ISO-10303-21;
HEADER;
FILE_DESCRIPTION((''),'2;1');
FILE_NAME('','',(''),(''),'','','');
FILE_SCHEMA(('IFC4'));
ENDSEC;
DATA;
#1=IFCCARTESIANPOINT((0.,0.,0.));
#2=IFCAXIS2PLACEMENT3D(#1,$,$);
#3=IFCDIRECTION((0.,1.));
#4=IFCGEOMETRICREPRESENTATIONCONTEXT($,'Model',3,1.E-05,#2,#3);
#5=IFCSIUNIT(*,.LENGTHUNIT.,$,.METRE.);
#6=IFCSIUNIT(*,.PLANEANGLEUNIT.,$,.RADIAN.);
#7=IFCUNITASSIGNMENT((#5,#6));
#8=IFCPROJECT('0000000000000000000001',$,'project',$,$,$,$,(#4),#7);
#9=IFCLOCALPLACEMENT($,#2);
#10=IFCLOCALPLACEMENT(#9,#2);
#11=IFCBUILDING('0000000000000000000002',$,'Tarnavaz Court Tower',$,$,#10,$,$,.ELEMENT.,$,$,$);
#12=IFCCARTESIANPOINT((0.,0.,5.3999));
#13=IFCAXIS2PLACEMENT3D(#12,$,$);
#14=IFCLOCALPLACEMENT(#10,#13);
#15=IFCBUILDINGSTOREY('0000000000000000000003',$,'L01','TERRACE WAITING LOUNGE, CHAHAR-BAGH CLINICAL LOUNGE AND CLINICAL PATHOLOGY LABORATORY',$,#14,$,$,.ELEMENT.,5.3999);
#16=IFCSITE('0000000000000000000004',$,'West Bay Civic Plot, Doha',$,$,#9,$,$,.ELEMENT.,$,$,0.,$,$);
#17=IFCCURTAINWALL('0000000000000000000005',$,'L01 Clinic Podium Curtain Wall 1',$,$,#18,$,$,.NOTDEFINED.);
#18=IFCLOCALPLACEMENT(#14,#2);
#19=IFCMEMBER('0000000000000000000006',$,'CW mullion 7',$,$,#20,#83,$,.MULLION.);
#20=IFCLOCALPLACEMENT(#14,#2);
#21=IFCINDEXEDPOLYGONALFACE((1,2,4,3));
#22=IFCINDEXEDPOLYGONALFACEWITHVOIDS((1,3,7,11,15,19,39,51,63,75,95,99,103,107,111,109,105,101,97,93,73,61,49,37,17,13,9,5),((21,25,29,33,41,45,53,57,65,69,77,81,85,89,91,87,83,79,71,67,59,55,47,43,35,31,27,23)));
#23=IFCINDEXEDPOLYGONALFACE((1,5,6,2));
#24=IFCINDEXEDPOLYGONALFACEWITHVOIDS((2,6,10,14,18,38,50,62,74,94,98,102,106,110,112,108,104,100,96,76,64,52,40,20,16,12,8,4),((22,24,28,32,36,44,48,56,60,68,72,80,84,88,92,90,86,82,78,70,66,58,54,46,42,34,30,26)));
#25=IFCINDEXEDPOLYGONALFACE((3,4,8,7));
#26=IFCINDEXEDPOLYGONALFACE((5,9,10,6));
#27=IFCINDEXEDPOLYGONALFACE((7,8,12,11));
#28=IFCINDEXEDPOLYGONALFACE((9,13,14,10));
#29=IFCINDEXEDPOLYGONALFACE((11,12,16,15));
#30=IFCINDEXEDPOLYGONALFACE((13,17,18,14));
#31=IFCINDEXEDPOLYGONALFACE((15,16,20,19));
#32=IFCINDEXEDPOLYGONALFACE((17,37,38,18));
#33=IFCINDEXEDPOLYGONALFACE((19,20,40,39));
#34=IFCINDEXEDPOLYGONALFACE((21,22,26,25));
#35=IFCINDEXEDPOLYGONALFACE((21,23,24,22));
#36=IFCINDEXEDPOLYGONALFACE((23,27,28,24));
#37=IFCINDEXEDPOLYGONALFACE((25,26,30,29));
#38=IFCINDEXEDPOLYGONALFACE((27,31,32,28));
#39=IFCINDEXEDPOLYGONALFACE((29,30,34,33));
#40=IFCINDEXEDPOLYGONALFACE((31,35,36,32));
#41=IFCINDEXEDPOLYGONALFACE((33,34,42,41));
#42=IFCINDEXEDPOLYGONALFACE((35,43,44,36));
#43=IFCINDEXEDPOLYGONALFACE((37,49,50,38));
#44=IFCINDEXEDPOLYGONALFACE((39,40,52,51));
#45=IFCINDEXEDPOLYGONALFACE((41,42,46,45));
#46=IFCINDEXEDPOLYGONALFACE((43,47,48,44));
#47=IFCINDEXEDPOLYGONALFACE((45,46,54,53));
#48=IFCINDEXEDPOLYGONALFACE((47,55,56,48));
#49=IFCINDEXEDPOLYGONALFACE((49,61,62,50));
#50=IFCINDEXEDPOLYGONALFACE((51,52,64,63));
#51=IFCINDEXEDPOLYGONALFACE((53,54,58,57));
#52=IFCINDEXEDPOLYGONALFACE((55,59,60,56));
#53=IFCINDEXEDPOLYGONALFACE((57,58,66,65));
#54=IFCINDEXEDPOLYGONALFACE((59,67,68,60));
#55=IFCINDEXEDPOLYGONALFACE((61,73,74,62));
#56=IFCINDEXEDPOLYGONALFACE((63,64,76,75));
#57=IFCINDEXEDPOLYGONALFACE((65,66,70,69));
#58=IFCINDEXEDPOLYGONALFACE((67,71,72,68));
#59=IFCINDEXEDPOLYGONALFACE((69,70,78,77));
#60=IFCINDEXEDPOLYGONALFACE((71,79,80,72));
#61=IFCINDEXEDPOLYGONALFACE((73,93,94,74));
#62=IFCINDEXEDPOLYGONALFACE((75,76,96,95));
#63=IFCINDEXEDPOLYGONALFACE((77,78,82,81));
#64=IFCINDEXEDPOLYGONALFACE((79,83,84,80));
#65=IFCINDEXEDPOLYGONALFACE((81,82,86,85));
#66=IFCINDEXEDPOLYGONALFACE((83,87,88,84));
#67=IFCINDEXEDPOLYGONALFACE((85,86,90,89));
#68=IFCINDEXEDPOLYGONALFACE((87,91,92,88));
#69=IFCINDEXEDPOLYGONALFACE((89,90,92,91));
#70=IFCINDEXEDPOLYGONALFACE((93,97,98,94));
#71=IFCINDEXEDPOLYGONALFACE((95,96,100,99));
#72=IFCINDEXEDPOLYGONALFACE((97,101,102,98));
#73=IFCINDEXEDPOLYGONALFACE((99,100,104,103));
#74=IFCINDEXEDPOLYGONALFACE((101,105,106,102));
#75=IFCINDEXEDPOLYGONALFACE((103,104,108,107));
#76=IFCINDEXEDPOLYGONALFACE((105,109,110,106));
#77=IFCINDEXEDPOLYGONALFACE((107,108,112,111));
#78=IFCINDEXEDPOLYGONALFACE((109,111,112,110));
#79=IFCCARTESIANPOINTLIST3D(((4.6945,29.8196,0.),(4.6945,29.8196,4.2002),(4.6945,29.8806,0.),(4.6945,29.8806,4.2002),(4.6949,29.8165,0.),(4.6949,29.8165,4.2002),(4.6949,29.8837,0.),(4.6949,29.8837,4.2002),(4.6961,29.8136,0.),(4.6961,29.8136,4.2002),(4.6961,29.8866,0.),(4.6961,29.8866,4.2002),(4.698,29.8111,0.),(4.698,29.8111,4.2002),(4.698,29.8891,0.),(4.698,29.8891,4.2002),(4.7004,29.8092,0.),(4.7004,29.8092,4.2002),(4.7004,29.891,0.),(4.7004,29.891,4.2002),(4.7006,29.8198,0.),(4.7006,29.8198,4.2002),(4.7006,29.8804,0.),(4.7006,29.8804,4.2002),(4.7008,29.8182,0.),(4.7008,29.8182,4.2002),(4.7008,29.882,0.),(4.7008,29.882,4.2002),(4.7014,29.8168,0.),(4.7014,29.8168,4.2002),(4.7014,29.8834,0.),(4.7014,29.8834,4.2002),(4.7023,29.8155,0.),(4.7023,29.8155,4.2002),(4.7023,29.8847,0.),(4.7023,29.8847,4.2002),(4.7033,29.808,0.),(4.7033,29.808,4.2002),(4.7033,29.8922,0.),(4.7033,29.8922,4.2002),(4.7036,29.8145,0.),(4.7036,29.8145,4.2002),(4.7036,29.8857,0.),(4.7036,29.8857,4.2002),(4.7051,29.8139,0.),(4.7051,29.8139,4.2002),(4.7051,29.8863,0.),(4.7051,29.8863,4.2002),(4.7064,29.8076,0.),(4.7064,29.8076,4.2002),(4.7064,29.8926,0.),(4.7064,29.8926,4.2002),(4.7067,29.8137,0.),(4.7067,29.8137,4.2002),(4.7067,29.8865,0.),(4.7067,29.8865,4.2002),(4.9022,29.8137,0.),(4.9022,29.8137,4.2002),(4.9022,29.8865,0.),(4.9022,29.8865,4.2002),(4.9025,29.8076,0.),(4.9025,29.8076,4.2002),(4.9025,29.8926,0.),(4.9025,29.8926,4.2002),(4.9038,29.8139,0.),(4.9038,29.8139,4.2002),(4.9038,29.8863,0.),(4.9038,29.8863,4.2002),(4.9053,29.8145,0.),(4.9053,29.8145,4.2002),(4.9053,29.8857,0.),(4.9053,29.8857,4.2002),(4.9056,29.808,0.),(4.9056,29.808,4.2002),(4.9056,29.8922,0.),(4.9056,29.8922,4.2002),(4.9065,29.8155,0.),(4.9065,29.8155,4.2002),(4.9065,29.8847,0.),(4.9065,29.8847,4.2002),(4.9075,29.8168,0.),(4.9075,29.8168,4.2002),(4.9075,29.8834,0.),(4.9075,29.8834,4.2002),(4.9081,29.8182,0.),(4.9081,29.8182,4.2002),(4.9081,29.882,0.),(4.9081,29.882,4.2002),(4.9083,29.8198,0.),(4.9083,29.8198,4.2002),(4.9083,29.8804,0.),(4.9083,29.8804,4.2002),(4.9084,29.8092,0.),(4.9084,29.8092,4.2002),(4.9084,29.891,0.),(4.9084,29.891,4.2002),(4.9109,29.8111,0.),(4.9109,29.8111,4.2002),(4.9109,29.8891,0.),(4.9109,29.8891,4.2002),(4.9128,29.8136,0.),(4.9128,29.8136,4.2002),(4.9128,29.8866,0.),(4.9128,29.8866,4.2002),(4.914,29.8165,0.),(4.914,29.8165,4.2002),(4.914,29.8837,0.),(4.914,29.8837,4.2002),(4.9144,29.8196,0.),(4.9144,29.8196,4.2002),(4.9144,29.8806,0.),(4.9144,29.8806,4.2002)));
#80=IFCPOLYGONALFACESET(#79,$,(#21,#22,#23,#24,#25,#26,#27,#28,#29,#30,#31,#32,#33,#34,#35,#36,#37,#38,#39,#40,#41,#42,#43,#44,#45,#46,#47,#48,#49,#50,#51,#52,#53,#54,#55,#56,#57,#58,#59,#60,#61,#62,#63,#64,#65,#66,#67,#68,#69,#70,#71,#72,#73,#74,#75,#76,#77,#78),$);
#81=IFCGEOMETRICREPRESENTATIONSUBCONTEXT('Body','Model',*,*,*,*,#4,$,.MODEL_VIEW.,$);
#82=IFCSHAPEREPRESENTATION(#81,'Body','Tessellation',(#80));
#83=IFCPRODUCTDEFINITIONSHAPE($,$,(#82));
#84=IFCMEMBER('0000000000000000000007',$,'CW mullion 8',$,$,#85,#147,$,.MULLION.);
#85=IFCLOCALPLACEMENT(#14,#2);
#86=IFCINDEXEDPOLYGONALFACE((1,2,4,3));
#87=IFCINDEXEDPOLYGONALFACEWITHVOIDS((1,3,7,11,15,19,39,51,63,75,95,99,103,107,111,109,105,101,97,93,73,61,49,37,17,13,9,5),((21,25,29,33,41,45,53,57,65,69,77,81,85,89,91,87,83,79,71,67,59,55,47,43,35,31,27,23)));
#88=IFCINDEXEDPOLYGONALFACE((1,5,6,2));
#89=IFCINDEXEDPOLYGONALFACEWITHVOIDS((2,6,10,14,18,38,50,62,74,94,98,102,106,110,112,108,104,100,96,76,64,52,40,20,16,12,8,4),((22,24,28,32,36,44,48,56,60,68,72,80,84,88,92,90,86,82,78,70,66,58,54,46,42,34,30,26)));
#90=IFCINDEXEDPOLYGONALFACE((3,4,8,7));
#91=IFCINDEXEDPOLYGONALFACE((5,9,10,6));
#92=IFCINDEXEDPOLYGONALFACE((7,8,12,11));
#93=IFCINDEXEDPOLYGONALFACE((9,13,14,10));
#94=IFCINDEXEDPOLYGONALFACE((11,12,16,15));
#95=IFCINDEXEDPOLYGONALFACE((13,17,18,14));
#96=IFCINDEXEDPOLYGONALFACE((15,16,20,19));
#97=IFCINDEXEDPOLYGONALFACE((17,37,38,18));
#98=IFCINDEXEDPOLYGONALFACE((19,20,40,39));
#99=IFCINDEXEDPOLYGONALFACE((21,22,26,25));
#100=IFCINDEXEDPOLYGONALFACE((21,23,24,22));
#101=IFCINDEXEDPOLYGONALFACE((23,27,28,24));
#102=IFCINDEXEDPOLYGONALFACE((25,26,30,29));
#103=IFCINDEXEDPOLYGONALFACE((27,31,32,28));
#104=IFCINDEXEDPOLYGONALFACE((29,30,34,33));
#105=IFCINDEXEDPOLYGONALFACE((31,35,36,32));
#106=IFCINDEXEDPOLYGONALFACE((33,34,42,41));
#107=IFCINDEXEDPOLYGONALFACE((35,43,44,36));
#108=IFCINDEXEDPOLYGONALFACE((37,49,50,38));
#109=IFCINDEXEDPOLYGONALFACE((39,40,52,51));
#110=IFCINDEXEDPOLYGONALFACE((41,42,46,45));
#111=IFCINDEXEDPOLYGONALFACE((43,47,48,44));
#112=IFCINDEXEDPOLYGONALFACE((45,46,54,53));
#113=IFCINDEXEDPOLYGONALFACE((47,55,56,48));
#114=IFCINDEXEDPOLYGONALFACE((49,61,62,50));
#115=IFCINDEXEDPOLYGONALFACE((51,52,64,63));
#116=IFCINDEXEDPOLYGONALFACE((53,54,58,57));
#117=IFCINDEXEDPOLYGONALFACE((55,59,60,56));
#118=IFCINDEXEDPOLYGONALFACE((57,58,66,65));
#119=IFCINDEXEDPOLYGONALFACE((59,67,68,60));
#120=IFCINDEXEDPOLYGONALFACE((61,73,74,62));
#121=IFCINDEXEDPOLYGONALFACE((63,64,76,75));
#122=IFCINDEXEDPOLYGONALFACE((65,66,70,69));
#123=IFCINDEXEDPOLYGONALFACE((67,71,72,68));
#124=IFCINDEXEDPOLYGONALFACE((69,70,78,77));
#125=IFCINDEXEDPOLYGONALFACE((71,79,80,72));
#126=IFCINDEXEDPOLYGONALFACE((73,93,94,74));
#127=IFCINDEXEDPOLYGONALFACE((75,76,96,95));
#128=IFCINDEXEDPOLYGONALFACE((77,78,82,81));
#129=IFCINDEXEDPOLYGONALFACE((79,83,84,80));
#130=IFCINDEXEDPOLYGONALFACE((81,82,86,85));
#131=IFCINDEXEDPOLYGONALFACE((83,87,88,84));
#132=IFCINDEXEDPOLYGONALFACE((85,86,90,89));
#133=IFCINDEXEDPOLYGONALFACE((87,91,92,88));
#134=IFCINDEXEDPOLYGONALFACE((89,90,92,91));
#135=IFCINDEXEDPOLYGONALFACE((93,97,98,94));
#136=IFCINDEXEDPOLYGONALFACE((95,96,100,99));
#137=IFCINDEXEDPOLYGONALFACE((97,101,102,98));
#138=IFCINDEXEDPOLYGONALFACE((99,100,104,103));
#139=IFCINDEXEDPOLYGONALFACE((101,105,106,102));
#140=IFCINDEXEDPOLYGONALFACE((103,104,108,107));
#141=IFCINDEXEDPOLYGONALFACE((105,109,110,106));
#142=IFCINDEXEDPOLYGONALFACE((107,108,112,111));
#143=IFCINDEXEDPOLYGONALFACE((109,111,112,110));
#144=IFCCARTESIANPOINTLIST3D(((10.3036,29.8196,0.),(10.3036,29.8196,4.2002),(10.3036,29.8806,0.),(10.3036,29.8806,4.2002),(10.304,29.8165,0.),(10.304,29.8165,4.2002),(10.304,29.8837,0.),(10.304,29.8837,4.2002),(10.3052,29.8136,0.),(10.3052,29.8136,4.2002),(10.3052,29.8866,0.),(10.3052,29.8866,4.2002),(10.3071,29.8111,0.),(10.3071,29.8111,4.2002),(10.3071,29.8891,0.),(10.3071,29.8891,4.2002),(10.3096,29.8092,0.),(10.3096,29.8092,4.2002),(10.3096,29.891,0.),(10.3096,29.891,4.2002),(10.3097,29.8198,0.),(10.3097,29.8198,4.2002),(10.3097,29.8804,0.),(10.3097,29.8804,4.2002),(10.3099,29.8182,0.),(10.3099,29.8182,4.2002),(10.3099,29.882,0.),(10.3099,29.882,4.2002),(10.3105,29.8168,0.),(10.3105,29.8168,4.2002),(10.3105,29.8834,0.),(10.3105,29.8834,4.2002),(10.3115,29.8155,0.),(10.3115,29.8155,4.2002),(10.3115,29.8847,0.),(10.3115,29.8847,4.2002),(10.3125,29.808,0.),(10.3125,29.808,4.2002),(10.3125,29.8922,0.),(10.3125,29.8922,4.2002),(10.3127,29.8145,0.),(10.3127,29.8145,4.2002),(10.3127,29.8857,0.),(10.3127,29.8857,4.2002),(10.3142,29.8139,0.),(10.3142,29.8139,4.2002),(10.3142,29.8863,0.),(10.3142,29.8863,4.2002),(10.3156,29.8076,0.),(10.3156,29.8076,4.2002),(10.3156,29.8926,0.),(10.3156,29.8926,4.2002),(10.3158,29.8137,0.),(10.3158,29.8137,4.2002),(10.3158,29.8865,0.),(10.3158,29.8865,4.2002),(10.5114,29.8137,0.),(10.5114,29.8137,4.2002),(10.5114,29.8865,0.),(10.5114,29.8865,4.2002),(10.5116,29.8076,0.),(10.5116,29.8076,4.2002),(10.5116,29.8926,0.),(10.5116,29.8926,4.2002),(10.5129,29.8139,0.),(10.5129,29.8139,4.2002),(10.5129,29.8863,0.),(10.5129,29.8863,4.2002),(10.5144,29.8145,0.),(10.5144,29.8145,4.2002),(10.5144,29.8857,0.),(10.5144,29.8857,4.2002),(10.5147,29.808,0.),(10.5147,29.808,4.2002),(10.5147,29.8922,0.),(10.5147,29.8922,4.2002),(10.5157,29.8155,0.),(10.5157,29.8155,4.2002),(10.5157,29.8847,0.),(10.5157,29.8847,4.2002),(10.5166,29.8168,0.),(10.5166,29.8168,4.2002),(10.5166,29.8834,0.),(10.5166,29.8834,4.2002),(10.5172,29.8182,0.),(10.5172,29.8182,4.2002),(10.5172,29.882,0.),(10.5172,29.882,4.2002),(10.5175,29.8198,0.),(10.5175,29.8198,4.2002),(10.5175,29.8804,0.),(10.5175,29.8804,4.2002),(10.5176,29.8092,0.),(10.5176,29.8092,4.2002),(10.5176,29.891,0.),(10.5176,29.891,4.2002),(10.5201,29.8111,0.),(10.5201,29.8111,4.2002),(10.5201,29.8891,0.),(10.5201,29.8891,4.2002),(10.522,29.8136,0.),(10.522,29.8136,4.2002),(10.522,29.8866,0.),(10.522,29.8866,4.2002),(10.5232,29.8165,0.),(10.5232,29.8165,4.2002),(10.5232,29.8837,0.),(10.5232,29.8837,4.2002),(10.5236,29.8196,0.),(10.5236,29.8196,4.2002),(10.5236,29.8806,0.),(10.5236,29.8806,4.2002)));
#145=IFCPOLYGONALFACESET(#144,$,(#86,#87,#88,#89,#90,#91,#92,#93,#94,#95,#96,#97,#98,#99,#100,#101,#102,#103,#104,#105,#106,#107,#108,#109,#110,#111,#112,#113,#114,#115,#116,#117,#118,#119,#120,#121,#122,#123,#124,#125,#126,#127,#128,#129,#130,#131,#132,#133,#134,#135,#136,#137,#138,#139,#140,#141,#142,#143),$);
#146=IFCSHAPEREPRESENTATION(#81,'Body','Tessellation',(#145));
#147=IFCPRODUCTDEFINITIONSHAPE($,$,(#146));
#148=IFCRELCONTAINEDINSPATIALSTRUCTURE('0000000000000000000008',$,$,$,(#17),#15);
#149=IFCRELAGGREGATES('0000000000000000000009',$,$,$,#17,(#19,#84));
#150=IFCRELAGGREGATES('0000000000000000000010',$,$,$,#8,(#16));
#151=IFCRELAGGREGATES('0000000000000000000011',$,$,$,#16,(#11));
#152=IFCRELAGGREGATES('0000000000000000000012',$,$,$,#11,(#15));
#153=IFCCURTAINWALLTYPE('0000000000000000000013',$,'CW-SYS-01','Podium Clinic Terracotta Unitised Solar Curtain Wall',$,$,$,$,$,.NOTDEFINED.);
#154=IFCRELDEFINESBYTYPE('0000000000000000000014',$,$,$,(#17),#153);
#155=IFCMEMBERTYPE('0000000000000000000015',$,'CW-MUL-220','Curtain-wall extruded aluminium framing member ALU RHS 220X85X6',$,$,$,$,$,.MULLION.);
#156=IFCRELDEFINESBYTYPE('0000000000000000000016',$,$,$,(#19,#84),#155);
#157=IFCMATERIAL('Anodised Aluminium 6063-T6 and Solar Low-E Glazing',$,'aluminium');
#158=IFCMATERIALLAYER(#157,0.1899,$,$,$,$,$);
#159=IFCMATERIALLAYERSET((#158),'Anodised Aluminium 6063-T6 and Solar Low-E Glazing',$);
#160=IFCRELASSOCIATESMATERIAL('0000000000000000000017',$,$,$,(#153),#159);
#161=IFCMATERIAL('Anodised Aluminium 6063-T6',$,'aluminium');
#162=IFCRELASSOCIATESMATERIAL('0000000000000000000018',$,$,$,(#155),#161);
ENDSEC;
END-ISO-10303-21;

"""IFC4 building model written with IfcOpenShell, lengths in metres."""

from ifc_helpers import new_model, si_unit, direction, frame, origin, origin_2d, place, context, subcontext, project, spatial, hollow_rectangle, extrude, material, layer, layer_set, material_profile, profile_set, type_object, element, aggregate, save


model = new_model("IFC4")

# Units and contexts
model_context = context("Model", 3, precision=1e-05, world=origin(), true_north=direction((0.0, 1.0)))
body_context = subcontext(model_context, "Body", "Model", "MODEL_VIEW")
ifc_project = project(units=[si_unit("LENGTHUNIT", "METRE"), si_unit("PLANEANGLEUNIT", "RADIAN")], contexts=[model_context])

# Site, building, storey
site_placement = place(None, origin())
site = spatial("IfcSite", under=ifc_project, at=site_placement, Name="West Bay Civic Plot, Doha", CompositionType="ELEMENT", RefElevation=0.0)
building_placement = place(site_placement, origin())
building = spatial("IfcBuilding", under=site, at=building_placement, Name="Tarnavaz Court Tower", CompositionType="ELEMENT")
storey_placement = place(building_placement, frame((0.0, 0.0, 5.3999)))
storey = spatial("IfcBuildingStorey", under=building, at=storey_placement, Name="L01", Description="TERRACE WAITING LOUNGE, CHAHAR-BAGH CLINICAL LOUNGE AND CLINICAL PATHOLOGY LABORATORY", CompositionType="ELEMENT", Elevation=5.3999)

# Curtain wall, members
ifc_material_1 = material(Name="Anodised Aluminium 6063-T6 and Solar Low-E Glazing", Category="aluminium")
ifc_layer_1 = layer(ifc_material_1, 0.1899)
ifc_layer_set_1 = layer_set([ifc_layer_1], Name="Anodised Aluminium 6063-T6 and Solar Low-E Glazing")
curtain_wall_type = type_object("IfcCurtainWallType", Name="CW-SYS-01", Description="Podium Clinic Terracotta Unitised Solar Curtain Wall", PredefinedType="NOTDEFINED", material=ifc_layer_set_1)
curtain_wall_placement = place(storey_placement, origin())
curtain_wall = element("IfcCurtainWall", 1, at=curtain_wall_placement, inside=storey, type_object=curtain_wall_type, Name="L01 Clinic Podium Curtain Wall 1", PredefinedType="NOTDEFINED")
ifc_material_2 = material(Name="Anodised Aluminium 6063-T6", Category="aluminium")
ifc_material_profile_1 = material_profile(ifc_material_2, hollow_rectangle(XDim=0.085, YDim=0.22, WallThickness=0.0061, InnerFilletRadius=0.0061, OuterFilletRadius=0.012, at=origin_2d()), Name="ALU RHS 220X85X6")
ifc_profile_set_1 = profile_set([ifc_material_profile_1], Name="Anodised Aluminium 6063-T6")
member_type_1 = type_object("IfcMemberType", Name="CW-MUL-220", Description="Curtain-wall extruded aluminium framing member ALU RHS 220X85X6", PredefinedType="MULLION", material=ifc_profile_set_1)
member_1_placement = place(storey_placement, frame((4.8044, 29.8501, 0.0), z_axis=(0.0, 0.0, 1.0), x_axis=(0.0, 1.0, 0.0)))
member_1 = element("IfcMember", 2, at=member_1_placement, type_object=member_type_1, Name="CW mullion 7", PredefinedType="MULLION", context=body_context, shape_type="SweptSolid", body=[
    extrude(hollow_rectangle(XDim=0.085, YDim=0.22, WallThickness=0.0061, InnerFilletRadius=0.0061, OuterFilletRadius=0.012, at=origin_2d()), origin(), (0.0, 0.0, 1.0), 4.2002),
])
member_2_placement = place(storey_placement, frame((10.4136, 29.8501, 0.0), z_axis=(0.0, 0.0, 1.0), x_axis=(0.0, 1.0, 0.0)))
member_2 = element("IfcMember", 3, at=member_2_placement, type_object=member_type_1, Name="CW mullion 8", PredefinedType="MULLION", context=body_context, shape_type="SweptSolid", body=[
    extrude(hollow_rectangle(XDim=0.085, YDim=0.22, WallThickness=0.0061, InnerFilletRadius=0.0061, OuterFilletRadius=0.012, at=origin_2d()), origin(), (0.0, 0.0, 1.0), 4.2002),
])
aggregate(curtain_wall, [member_1, member_2])

save(model, "model.ifc")
